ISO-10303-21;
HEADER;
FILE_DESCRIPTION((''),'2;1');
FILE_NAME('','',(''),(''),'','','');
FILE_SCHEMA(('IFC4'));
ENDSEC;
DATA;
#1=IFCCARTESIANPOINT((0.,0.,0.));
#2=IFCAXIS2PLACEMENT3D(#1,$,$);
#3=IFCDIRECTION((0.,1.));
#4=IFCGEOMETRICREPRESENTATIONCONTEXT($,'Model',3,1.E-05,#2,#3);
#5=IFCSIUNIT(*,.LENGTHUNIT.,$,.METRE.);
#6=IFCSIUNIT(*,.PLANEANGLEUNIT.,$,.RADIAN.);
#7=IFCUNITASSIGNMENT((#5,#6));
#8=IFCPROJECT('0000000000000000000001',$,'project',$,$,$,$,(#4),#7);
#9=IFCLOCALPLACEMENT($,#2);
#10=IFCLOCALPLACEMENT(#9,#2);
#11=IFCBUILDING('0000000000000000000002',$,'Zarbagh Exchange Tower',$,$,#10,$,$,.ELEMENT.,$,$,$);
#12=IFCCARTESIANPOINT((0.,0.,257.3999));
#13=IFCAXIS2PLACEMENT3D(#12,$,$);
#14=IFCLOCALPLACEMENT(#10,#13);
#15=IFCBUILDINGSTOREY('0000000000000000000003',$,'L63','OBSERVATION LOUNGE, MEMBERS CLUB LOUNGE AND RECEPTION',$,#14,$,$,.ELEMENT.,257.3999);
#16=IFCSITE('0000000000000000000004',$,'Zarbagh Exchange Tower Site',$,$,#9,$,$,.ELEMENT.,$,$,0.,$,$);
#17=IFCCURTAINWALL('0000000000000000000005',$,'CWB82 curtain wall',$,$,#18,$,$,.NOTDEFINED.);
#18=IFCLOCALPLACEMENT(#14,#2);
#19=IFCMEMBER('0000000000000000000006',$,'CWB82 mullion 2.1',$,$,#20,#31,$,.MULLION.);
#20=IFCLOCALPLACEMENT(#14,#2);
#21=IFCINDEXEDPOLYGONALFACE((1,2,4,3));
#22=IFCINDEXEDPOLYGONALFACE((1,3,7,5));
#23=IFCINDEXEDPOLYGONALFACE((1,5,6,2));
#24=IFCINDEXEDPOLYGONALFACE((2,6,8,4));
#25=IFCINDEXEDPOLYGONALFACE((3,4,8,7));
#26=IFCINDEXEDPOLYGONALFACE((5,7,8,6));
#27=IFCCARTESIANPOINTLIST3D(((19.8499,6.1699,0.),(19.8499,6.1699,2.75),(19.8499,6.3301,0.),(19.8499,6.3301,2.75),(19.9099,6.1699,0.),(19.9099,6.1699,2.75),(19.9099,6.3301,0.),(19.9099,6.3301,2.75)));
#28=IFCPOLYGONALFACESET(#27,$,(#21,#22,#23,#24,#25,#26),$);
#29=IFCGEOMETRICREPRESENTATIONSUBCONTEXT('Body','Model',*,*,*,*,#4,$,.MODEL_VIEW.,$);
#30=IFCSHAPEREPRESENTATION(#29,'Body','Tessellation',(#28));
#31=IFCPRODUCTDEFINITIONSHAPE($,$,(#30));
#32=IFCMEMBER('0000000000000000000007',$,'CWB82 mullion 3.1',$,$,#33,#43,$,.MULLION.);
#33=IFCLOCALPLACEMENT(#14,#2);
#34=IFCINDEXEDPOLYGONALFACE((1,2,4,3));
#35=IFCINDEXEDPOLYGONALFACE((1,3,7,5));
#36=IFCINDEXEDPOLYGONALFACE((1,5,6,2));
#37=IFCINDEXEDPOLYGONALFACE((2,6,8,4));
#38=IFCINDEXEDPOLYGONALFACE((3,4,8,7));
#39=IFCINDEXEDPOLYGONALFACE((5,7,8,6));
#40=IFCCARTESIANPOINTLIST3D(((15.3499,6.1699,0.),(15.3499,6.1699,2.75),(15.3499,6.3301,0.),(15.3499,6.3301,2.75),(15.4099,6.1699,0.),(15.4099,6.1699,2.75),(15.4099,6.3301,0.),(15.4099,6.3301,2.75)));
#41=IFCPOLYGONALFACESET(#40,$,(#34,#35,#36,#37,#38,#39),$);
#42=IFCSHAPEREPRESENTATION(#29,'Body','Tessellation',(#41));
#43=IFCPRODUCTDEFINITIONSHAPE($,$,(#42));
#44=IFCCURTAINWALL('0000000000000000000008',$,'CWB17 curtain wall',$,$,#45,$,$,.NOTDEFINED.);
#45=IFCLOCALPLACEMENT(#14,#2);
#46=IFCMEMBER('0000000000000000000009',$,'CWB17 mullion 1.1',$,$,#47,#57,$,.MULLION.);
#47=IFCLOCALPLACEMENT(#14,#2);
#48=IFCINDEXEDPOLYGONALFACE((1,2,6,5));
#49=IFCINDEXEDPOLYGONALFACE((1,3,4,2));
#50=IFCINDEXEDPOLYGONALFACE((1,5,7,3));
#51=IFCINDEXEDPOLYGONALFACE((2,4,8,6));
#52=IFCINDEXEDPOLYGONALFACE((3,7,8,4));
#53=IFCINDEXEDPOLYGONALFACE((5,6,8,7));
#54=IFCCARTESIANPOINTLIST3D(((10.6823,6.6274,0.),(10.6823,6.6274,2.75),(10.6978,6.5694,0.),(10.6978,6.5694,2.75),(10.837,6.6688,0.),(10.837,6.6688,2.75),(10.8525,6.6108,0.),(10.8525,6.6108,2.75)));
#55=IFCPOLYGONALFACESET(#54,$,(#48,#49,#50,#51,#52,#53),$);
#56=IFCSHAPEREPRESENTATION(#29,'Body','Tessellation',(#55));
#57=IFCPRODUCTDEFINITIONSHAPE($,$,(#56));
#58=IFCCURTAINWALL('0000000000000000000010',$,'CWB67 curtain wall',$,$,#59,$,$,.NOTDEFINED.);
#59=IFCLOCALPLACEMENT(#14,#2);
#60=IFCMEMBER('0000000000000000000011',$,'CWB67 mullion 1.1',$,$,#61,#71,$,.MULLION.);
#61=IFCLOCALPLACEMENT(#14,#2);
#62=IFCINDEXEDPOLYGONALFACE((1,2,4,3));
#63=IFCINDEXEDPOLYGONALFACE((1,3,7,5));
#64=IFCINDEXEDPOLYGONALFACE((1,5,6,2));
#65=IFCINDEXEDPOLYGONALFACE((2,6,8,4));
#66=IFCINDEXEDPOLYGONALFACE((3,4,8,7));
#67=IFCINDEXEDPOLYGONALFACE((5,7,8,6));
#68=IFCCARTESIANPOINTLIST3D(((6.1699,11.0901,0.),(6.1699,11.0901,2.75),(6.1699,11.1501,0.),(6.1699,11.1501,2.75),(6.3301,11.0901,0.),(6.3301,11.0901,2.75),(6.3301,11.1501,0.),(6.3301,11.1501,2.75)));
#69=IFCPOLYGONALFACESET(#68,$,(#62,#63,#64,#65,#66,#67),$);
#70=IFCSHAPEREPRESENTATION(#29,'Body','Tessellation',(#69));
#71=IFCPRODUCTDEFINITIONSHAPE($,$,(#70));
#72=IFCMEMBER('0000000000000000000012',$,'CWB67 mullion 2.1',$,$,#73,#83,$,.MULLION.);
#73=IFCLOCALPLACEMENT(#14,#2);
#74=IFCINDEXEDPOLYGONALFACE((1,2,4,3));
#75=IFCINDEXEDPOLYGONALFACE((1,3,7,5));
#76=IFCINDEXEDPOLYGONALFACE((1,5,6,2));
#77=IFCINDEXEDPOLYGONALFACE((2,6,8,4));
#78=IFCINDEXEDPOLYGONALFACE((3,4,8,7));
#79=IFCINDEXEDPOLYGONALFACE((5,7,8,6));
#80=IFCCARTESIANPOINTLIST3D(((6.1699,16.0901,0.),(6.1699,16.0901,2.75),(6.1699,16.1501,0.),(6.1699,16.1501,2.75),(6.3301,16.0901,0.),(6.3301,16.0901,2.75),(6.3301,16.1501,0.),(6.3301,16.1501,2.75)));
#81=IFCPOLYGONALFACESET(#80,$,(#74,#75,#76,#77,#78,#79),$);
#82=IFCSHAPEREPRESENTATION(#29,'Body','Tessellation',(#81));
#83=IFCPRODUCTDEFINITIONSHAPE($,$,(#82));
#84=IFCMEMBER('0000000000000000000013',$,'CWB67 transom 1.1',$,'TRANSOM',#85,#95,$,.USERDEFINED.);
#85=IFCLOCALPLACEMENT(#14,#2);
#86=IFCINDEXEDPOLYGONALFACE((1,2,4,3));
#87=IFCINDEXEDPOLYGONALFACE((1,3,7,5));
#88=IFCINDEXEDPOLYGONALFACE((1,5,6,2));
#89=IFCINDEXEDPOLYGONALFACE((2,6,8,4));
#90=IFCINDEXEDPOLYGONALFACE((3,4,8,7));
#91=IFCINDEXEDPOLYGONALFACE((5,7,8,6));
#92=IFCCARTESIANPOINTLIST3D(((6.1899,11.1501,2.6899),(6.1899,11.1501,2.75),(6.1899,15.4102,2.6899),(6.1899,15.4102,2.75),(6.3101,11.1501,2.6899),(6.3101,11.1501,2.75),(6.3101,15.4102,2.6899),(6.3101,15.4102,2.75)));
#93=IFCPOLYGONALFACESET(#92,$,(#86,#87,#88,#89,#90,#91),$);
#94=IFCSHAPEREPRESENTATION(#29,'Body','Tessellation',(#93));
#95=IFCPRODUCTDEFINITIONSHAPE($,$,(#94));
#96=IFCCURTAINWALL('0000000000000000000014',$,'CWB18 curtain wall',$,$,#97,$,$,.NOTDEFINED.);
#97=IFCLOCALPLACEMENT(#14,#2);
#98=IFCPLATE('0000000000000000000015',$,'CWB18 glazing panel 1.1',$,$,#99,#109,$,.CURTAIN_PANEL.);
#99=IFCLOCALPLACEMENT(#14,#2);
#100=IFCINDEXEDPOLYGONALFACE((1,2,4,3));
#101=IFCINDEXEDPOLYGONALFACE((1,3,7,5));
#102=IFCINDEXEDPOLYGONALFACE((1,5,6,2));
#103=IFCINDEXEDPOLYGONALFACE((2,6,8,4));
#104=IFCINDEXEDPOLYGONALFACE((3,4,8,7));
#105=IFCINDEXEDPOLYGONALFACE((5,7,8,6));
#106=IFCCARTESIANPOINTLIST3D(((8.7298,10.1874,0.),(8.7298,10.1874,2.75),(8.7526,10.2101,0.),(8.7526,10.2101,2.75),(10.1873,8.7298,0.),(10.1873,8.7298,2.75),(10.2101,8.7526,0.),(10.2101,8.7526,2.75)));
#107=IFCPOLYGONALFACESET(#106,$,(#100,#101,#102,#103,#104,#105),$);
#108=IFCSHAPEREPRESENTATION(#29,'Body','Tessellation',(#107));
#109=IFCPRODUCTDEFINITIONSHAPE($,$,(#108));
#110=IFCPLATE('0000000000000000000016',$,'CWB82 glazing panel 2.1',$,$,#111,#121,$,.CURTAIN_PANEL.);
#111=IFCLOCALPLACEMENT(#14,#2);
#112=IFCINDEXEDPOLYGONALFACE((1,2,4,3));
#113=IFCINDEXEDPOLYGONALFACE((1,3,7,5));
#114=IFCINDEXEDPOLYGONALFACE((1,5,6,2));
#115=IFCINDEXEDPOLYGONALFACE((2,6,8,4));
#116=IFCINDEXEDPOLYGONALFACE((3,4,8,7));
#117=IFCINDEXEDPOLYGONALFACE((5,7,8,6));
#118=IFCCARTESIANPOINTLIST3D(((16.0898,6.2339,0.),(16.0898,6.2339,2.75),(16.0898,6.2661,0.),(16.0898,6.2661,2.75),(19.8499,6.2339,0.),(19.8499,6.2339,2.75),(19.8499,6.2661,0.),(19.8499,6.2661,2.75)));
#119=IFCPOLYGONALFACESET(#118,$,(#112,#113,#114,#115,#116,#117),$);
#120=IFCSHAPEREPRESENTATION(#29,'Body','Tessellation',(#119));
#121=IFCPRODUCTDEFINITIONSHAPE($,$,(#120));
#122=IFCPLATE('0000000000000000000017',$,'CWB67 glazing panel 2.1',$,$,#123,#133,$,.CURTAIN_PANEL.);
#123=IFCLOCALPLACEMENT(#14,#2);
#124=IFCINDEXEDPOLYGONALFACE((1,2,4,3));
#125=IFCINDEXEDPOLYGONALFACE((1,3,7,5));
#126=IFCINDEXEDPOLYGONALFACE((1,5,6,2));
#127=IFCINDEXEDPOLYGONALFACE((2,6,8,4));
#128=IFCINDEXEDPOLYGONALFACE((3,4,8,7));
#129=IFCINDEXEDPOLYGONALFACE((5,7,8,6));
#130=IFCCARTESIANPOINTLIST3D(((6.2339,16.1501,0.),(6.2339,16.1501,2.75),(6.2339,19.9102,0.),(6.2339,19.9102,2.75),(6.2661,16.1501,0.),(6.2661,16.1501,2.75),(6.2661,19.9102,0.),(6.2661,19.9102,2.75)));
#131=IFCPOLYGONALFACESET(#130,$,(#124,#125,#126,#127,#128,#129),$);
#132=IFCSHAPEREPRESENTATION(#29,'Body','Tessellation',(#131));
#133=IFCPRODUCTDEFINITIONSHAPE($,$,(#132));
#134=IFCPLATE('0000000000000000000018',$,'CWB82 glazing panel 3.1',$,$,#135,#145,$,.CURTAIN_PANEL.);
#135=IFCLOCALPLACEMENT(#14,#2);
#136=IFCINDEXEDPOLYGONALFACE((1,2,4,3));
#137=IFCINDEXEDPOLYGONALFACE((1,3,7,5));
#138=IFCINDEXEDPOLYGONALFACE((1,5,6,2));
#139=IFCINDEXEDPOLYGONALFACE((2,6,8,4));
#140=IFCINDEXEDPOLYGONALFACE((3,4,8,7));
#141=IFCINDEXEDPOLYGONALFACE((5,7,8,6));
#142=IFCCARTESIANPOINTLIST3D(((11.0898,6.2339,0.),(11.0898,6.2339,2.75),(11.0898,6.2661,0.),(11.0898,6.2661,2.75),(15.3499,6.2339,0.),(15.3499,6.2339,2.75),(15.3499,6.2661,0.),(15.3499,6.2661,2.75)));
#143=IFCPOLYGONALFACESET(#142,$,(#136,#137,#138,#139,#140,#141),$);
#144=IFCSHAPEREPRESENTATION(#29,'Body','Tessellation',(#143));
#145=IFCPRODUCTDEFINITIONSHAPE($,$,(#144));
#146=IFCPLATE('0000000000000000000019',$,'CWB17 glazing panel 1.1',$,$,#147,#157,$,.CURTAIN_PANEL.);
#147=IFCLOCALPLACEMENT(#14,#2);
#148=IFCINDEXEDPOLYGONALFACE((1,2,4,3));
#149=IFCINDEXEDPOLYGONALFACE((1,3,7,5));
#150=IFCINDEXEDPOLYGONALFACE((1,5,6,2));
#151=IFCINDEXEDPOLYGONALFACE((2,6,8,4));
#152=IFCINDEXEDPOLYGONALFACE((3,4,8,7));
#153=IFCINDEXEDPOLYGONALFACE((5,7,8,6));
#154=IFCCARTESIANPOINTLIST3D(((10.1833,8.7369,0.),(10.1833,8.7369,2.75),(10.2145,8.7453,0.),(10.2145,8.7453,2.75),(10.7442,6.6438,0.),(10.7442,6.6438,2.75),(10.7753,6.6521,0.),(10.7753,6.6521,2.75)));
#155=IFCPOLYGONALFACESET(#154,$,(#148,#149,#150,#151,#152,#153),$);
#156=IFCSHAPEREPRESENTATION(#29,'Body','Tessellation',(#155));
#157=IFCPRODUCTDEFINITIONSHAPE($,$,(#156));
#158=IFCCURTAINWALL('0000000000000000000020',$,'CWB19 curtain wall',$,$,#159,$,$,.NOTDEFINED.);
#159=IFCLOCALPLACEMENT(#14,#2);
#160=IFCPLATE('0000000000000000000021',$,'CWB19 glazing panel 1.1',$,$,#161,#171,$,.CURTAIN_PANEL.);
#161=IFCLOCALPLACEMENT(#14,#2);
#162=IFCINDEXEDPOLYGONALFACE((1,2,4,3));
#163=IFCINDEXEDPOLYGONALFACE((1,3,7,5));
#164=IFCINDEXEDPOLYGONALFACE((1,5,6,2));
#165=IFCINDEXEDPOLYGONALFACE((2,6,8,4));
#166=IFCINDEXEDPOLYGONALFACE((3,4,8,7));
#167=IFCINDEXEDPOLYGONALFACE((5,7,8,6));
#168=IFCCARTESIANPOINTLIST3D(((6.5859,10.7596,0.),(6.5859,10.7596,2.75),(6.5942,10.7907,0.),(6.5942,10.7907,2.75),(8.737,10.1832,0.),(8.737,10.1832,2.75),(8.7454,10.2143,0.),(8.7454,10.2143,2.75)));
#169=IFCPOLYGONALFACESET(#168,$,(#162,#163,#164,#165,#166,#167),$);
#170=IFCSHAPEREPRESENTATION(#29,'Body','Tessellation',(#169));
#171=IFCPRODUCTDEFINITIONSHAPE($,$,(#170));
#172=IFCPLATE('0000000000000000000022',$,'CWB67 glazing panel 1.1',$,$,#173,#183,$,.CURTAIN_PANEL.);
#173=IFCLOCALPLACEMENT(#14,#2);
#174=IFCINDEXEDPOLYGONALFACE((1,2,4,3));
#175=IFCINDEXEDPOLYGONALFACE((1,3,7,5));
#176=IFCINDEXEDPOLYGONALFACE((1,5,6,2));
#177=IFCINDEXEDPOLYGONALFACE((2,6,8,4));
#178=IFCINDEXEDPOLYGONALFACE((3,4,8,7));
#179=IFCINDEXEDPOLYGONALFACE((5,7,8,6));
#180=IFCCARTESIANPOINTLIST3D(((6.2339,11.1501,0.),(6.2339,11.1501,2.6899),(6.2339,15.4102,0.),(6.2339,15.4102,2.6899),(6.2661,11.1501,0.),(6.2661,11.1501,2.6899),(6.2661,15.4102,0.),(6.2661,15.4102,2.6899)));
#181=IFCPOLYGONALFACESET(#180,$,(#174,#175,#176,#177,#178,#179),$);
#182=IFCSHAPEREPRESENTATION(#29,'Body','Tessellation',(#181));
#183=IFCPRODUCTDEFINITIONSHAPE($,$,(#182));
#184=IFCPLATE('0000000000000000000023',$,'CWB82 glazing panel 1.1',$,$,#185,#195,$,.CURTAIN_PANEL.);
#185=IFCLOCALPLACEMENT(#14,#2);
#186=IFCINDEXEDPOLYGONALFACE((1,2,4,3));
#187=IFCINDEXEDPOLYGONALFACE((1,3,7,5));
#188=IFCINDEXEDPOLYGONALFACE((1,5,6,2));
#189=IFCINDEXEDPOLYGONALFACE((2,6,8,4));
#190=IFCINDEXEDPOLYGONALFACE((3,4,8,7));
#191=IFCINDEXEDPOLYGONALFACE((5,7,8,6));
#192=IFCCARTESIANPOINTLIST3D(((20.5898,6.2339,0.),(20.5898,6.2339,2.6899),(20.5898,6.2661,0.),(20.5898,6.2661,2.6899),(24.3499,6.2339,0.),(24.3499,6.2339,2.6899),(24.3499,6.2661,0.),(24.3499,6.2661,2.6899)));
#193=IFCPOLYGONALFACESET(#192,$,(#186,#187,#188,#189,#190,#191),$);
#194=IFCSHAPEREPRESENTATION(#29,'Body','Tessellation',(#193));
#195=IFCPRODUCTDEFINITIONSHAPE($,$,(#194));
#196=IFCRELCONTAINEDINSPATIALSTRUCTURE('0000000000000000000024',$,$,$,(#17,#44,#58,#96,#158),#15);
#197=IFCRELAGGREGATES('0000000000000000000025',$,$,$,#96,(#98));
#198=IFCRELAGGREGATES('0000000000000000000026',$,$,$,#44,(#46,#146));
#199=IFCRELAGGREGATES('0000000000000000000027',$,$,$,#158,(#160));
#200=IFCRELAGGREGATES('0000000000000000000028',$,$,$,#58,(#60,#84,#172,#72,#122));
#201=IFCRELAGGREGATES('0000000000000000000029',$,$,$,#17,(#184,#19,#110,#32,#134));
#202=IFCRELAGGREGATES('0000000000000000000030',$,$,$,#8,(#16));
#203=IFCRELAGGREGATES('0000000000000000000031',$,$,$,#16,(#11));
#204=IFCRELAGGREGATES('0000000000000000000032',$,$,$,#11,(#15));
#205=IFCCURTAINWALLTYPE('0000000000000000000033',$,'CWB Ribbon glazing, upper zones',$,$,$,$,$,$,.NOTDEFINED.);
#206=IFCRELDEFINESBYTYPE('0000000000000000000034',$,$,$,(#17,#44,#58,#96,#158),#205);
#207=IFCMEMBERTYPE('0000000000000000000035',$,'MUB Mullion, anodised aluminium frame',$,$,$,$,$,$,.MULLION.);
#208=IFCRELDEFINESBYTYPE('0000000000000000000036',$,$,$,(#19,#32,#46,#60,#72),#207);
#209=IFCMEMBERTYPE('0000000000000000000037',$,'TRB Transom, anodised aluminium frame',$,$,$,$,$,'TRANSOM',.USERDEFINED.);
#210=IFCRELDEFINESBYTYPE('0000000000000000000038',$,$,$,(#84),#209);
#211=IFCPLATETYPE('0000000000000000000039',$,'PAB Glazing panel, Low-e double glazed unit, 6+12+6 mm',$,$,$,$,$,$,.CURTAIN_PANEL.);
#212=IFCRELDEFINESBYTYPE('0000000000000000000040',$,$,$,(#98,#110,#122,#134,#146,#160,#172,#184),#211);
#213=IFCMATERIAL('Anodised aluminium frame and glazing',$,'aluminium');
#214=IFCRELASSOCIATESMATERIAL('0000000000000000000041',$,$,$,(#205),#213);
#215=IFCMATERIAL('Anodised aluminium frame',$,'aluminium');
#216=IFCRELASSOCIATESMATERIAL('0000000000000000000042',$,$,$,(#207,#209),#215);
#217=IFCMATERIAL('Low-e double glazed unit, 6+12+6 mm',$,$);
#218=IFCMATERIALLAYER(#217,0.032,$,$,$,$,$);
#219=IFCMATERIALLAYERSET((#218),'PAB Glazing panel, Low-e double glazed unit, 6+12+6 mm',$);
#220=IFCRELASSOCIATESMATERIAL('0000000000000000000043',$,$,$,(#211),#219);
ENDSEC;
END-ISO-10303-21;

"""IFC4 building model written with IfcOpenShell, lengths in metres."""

from ifc_helpers import new_model, si_unit, direction, frame, origin, place, context, subcontext, project, spatial, polyline, outline, extrude, source, transform, mapped, material, layer, layer_set, type_object, element, aggregate, save


model = new_model("IFC4")

# Units and contexts
model_context = context("Model", 3, precision=1e-05, world=origin(), true_north=direction((0.0, 1.0)))
body_context = subcontext(model_context, "Body", "Model", "MODEL_VIEW")
ifc_project = project(units=[si_unit("LENGTHUNIT", "METRE"), si_unit("PLANEANGLEUNIT", "RADIAN")], contexts=[model_context])

# Site, building, storey
site_placement = place(None, origin())
site = spatial("IfcSite", under=ifc_project, at=site_placement, Name="Zarbagh Exchange Tower Site", CompositionType="ELEMENT", RefElevation=0.0)
building_placement = place(site_placement, origin())
building = spatial("IfcBuilding", under=site, at=building_placement, Name="Zarbagh Exchange Tower", CompositionType="ELEMENT")
storey_placement = place(building_placement, frame((0.0, 0.0, 257.3999)))
storey = spatial("IfcBuildingStorey", under=building, at=storey_placement, Name="L63", Description="OBSERVATION LOUNGE, MEMBERS CLUB LOUNGE AND RECEPTION", CompositionType="ELEMENT", Elevation=257.3999)

# Curtain wall, members
ifc_material_1 = material(Name="Anodised aluminium frame and glazing", Category="aluminium")
curtain_wall_type = type_object("IfcCurtainWallType", Name="CWB Ribbon glazing, upper zones", PredefinedType="NOTDEFINED", material=ifc_material_1)
curtain_wall_1_placement = place(storey_placement, origin())
curtain_wall_1 = element("IfcCurtainWall", 1, at=curtain_wall_1_placement, inside=storey, type_object=curtain_wall_type, Name="CWB82 curtain wall", PredefinedType="NOTDEFINED")
ifc_material_2 = material(Name="Anodised aluminium frame", Category="aluminium")
member_type_1 = type_object("IfcMemberType", Name="MUB Mullion, anodised aluminium frame", PredefinedType="MULLION", material=ifc_material_2)
shared_shape_1 = source(origin(), body_context, "Body", "SweptSolid", [
    extrude(outline(polyline([(0.0, -0.0801), (0.0601, -0.0801), (0.0601, 0.0801), (0.0, 0.0801), (0.0, -0.0801)])), origin(), (0.0, 0.0, 1.0), 2.75),
])
placement = place(storey_placement, origin())
member_1 = element("IfcMember", 2, at=placement, type_object=member_type_1, Name="CWB82 mullion 2.1", PredefinedType="MULLION", context=body_context, shape_type="MappedRepresentation", body=[
    mapped(shared_shape_1, transform((19.9099, 6.25, 0.0), x_axis=(-1.0, 0.0, 0.0), y_axis=(0.0, -1.0, 0.0), z_axis=(0.0, 0.0, 1.0))),
])
member_2 = element("IfcMember", 3, at=placement, type_object=member_type_1, Name="CWB82 mullion 3.1", PredefinedType="MULLION", context=body_context, shape_type="MappedRepresentation", body=[
    mapped(shared_shape_1, transform((15.4099, 6.25, 0.0), x_axis=(-1.0, 0.0, 0.0), y_axis=(0.0, -1.0, 0.0), z_axis=(0.0, 0.0, 1.0))),
])

# Curtain wall, member
curtain_wall_2_placement = place(storey_placement, origin())
curtain_wall_2 = element("IfcCurtainWall", 4, at=curtain_wall_2_placement, inside=storey, type_object=curtain_wall_type, Name="CWB17 curtain wall", PredefinedType="NOTDEFINED")
member_3 = element("IfcMember", 5, at=placement, type_object=member_type_1, Name="CWB17 mullion 1.1", PredefinedType="MULLION", context=body_context, shape_type="MappedRepresentation", body=[
    mapped(shared_shape_1, transform((10.7751, 6.5901, 0.0), x_axis=(-0.258825, 0.965924, 0.0), y_axis=(-0.965924, -0.258825, 0.0), z_axis=(0.0, 0.0, 1.0))),
])

# Curtain wall, members
curtain_wall_3_placement = place(storey_placement, origin())
curtain_wall_3 = element("IfcCurtainWall", 6, at=curtain_wall_3_placement, inside=storey, type_object=curtain_wall_type, Name="CWB67 curtain wall", PredefinedType="NOTDEFINED")
member_4 = element("IfcMember", 7, at=placement, type_object=member_type_1, Name="CWB67 mullion 1.1", PredefinedType="MULLION", context=body_context, shape_type="MappedRepresentation", body=[
    mapped(shared_shape_1, transform((6.25, 11.0901, 0.0), x_axis=(0.0, 1.0, 0.0), y_axis=(-1.0, 0.0, 0.0), z_axis=(0.0, 0.0, 1.0))),
])
member_5 = element("IfcMember", 8, at=placement, type_object=member_type_1, Name="CWB67 mullion 2.1", PredefinedType="MULLION", context=body_context, shape_type="MappedRepresentation", body=[
    mapped(shared_shape_1, transform((6.25, 16.0901, 0.0), x_axis=(0.0, 1.0, 0.0), y_axis=(-1.0, 0.0, 0.0), z_axis=(0.0, 0.0, 1.0))),
])
member_type_2 = type_object("IfcMemberType", Name="TRB Transom, anodised aluminium frame", ElementType="TRANSOM", PredefinedType="USERDEFINED", material=ifc_material_2)
shared_shape_2 = source(origin(), body_context, "Body", "SweptSolid", [
    extrude(outline(polyline([(-0.0601, -0.0601), (0.0, -0.0601), (0.0, 0.0601), (-0.0601, 0.0601), (-0.0601, -0.0601)])), origin(), (0.0, 0.0, 1.0), 4.26),
])
member_6 = element("IfcMember", 9, at=placement, type_object=member_type_2, Name="CWB67 transom 1.1", ObjectType="TRANSOM", PredefinedType="USERDEFINED", context=body_context, shape_type="MappedRepresentation", body=[
    mapped(shared_shape_2, transform((6.25, 11.1501, 2.75), x_axis=(0.0, 0.0, 1.0), y_axis=(1.0, 0.0, 0.0), z_axis=(0.0, 1.0, 0.0))),
])

# Curtain wall, plate
curtain_wall_4_placement = place(storey_placement, origin())
curtain_wall_4 = element("IfcCurtainWall", 10, at=curtain_wall_4_placement, inside=storey, type_object=curtain_wall_type, Name="CWB18 curtain wall", PredefinedType="NOTDEFINED")
ifc_material_3 = material(Name="Low-e double glazed unit, 6+12+6 mm")
ifc_layer_1 = layer(ifc_material_3, 0.032)
ifc_layer_set_1 = layer_set([ifc_layer_1], Name="PAB Glazing panel, Low-e double glazed unit, 6+12+6 mm")
plate_type = type_object("IfcPlateType", Name="PAB Glazing panel, Low-e double glazed unit, 6+12+6 mm", PredefinedType="CURTAIN_PANEL", material=ifc_layer_set_1)
shared_shape_3 = source(origin(), body_context, "Body", "SweptSolid", [
    extrude(outline(polyline([(0.0, -0.0161), (2.0613, -0.0161), (2.0613, 0.0161), (0.0, 0.0161), (0.0, -0.0161)])), origin(), (0.0, 0.0, 1.0), 2.75),
])
plate_1 = element("IfcPlate", 11, at=placement, type_object=plate_type, Name="CWB18 glazing panel 1.1", PredefinedType="CURTAIN_PANEL", context=body_context, shape_type="MappedRepresentation", body=[
    mapped(shared_shape_3, transform((10.1987, 8.7412, 0.0), x_axis=(-0.707107, 0.707107, 0.0), y_axis=(-0.707107, -0.707107, 0.0), z_axis=(0.0, 0.0, 1.0))),
])
aggregate(curtain_wall_4, [plate_1])

# Plates
shared_shape_4 = source(origin(), body_context, "Body", "SweptSolid", [
    extrude(outline(polyline([(0.0, -0.0161), (3.76, -0.0161), (3.76, 0.0161), (0.0, 0.0161), (0.0, -0.0161)])), origin(), (0.0, 0.0, 1.0), 2.75),
])
plate_2 = element("IfcPlate", 12, at=placement, type_object=plate_type, Name="CWB82 glazing panel 2.1", PredefinedType="CURTAIN_PANEL", context=body_context, shape_type="MappedRepresentation", body=[
    mapped(shared_shape_4, transform((19.8499, 6.25, 0.0), x_axis=(-1.0, 0.0, 0.0), y_axis=(0.0, -1.0, 0.0), z_axis=(0.0, 0.0, 1.0))),
])
plate_3 = element("IfcPlate", 13, at=placement, type_object=plate_type, Name="CWB67 glazing panel 2.1", PredefinedType="CURTAIN_PANEL", context=body_context, shape_type="MappedRepresentation", body=[
    mapped(shared_shape_4, transform((6.25, 16.1501, 0.0), x_axis=(0.0, 1.0, 0.0), y_axis=(-1.0, 0.0, 0.0), z_axis=(0.0, 0.0, 1.0))),
])
shared_shape_5 = source(origin(), body_context, "Body", "SweptSolid", [
    extrude(outline(polyline([(0.0, -0.0161), (4.26, -0.0161), (4.26, 0.0161), (0.0, 0.0161), (0.0, -0.0161)])), origin(), (0.0, 0.0, 1.0), 2.75),
])
plate_4 = element("IfcPlate", 14, at=placement, type_object=plate_type, Name="CWB82 glazing panel 3.1", PredefinedType="CURTAIN_PANEL", context=body_context, shape_type="MappedRepresentation", body=[
    mapped(shared_shape_5, transform((15.3499, 6.25, 0.0), x_axis=(-1.0, 0.0, 0.0), y_axis=(0.0, -1.0, 0.0), z_axis=(0.0, 0.0, 1.0))),
])
shared_shape_6 = source(origin(), body_context, "Body", "SweptSolid", [
    extrude(outline(polyline([(0.0, -0.0161), (2.167, -0.0161), (2.167, 0.0161), (0.0, 0.0161), (0.0, -0.0161)])), origin(), (0.0, 0.0, 1.0), 2.75),
])
plate_5 = element("IfcPlate", 15, at=placement, type_object=plate_type, Name="CWB17 glazing panel 1.1", PredefinedType="CURTAIN_PANEL", context=body_context, shape_type="MappedRepresentation", body=[
    mapped(shared_shape_6, transform((10.7598, 6.6479, 0.0), x_axis=(-0.258825, 0.965924, 0.0), y_axis=(-0.965924, -0.258825, 0.0), z_axis=(0.0, 0.0, 1.0))),
])
aggregate(curtain_wall_2, [member_3, plate_5])

# Curtain wall, plate
curtain_wall_5_placement = place(storey_placement, origin())
curtain_wall_5 = element("IfcCurtainWall", 16, at=curtain_wall_5_placement, inside=storey, type_object=curtain_wall_type, Name="CWB19 curtain wall", PredefinedType="NOTDEFINED")
shared_shape_7 = source(origin(), body_context, "Body", "SweptSolid", [
    extrude(outline(polyline([(0.0, -0.0161), (2.2271, -0.0161), (2.2271, 0.0161), (0.0, 0.0161), (0.0, -0.0161)])), origin(), (0.0, 0.0, 1.0), 2.75),
])
plate_6 = element("IfcPlate", 17, at=placement, type_object=plate_type, Name="CWB19 glazing panel 1.1", PredefinedType="CURTAIN_PANEL", context=body_context, shape_type="MappedRepresentation", body=[
    mapped(shared_shape_7, transform((8.7412, 10.1987, 0.0), x_axis=(-0.965924, 0.258825, 0.0), y_axis=(-0.258825, -0.965924, 0.0), z_axis=(0.0, 0.0, 1.0))),
])
aggregate(curtain_wall_5, [plate_6])

# Plates
shared_shape_8 = source(origin(), body_context, "Body", "SweptSolid", [
    extrude(outline(polyline([(0.0, -0.0161), (4.26, -0.0161), (4.26, 0.0161), (0.0, 0.0161), (0.0, -0.0161)])), origin(), (0.0, 0.0, 1.0), 2.6899),
])
plate_7 = element("IfcPlate", 18, at=placement, type_object=plate_type, Name="CWB67 glazing panel 1.1", PredefinedType="CURTAIN_PANEL", context=body_context, shape_type="MappedRepresentation", body=[
    mapped(shared_shape_8, transform((6.25, 11.1501, 0.0), x_axis=(0.0, 1.0, 0.0), y_axis=(-1.0, 0.0, 0.0), z_axis=(0.0, 0.0, 1.0))),
])
aggregate(curtain_wall_3, [member_4, member_6, plate_7, member_5, plate_3])
shared_shape_9 = source(origin(), body_context, "Body", "SweptSolid", [
    extrude(outline(polyline([(0.0, -0.0161), (3.76, -0.0161), (3.76, 0.0161), (0.0, 0.0161), (0.0, -0.0161)])), origin(), (0.0, 0.0, 1.0), 2.6899),
])
plate_8 = element("IfcPlate", 19, at=placement, type_object=plate_type, Name="CWB82 glazing panel 1.1", PredefinedType="CURTAIN_PANEL", context=body_context, shape_type="MappedRepresentation", body=[
    mapped(shared_shape_9, transform((24.3499, 6.25, 0.0), x_axis=(-1.0, 0.0, 0.0), y_axis=(0.0, -1.0, 0.0), z_axis=(0.0, 0.0, 1.0))),
])
aggregate(curtain_wall_1, [plate_8, member_1, plate_2, member_2, plate_4])

save(model, "model.ifc")
